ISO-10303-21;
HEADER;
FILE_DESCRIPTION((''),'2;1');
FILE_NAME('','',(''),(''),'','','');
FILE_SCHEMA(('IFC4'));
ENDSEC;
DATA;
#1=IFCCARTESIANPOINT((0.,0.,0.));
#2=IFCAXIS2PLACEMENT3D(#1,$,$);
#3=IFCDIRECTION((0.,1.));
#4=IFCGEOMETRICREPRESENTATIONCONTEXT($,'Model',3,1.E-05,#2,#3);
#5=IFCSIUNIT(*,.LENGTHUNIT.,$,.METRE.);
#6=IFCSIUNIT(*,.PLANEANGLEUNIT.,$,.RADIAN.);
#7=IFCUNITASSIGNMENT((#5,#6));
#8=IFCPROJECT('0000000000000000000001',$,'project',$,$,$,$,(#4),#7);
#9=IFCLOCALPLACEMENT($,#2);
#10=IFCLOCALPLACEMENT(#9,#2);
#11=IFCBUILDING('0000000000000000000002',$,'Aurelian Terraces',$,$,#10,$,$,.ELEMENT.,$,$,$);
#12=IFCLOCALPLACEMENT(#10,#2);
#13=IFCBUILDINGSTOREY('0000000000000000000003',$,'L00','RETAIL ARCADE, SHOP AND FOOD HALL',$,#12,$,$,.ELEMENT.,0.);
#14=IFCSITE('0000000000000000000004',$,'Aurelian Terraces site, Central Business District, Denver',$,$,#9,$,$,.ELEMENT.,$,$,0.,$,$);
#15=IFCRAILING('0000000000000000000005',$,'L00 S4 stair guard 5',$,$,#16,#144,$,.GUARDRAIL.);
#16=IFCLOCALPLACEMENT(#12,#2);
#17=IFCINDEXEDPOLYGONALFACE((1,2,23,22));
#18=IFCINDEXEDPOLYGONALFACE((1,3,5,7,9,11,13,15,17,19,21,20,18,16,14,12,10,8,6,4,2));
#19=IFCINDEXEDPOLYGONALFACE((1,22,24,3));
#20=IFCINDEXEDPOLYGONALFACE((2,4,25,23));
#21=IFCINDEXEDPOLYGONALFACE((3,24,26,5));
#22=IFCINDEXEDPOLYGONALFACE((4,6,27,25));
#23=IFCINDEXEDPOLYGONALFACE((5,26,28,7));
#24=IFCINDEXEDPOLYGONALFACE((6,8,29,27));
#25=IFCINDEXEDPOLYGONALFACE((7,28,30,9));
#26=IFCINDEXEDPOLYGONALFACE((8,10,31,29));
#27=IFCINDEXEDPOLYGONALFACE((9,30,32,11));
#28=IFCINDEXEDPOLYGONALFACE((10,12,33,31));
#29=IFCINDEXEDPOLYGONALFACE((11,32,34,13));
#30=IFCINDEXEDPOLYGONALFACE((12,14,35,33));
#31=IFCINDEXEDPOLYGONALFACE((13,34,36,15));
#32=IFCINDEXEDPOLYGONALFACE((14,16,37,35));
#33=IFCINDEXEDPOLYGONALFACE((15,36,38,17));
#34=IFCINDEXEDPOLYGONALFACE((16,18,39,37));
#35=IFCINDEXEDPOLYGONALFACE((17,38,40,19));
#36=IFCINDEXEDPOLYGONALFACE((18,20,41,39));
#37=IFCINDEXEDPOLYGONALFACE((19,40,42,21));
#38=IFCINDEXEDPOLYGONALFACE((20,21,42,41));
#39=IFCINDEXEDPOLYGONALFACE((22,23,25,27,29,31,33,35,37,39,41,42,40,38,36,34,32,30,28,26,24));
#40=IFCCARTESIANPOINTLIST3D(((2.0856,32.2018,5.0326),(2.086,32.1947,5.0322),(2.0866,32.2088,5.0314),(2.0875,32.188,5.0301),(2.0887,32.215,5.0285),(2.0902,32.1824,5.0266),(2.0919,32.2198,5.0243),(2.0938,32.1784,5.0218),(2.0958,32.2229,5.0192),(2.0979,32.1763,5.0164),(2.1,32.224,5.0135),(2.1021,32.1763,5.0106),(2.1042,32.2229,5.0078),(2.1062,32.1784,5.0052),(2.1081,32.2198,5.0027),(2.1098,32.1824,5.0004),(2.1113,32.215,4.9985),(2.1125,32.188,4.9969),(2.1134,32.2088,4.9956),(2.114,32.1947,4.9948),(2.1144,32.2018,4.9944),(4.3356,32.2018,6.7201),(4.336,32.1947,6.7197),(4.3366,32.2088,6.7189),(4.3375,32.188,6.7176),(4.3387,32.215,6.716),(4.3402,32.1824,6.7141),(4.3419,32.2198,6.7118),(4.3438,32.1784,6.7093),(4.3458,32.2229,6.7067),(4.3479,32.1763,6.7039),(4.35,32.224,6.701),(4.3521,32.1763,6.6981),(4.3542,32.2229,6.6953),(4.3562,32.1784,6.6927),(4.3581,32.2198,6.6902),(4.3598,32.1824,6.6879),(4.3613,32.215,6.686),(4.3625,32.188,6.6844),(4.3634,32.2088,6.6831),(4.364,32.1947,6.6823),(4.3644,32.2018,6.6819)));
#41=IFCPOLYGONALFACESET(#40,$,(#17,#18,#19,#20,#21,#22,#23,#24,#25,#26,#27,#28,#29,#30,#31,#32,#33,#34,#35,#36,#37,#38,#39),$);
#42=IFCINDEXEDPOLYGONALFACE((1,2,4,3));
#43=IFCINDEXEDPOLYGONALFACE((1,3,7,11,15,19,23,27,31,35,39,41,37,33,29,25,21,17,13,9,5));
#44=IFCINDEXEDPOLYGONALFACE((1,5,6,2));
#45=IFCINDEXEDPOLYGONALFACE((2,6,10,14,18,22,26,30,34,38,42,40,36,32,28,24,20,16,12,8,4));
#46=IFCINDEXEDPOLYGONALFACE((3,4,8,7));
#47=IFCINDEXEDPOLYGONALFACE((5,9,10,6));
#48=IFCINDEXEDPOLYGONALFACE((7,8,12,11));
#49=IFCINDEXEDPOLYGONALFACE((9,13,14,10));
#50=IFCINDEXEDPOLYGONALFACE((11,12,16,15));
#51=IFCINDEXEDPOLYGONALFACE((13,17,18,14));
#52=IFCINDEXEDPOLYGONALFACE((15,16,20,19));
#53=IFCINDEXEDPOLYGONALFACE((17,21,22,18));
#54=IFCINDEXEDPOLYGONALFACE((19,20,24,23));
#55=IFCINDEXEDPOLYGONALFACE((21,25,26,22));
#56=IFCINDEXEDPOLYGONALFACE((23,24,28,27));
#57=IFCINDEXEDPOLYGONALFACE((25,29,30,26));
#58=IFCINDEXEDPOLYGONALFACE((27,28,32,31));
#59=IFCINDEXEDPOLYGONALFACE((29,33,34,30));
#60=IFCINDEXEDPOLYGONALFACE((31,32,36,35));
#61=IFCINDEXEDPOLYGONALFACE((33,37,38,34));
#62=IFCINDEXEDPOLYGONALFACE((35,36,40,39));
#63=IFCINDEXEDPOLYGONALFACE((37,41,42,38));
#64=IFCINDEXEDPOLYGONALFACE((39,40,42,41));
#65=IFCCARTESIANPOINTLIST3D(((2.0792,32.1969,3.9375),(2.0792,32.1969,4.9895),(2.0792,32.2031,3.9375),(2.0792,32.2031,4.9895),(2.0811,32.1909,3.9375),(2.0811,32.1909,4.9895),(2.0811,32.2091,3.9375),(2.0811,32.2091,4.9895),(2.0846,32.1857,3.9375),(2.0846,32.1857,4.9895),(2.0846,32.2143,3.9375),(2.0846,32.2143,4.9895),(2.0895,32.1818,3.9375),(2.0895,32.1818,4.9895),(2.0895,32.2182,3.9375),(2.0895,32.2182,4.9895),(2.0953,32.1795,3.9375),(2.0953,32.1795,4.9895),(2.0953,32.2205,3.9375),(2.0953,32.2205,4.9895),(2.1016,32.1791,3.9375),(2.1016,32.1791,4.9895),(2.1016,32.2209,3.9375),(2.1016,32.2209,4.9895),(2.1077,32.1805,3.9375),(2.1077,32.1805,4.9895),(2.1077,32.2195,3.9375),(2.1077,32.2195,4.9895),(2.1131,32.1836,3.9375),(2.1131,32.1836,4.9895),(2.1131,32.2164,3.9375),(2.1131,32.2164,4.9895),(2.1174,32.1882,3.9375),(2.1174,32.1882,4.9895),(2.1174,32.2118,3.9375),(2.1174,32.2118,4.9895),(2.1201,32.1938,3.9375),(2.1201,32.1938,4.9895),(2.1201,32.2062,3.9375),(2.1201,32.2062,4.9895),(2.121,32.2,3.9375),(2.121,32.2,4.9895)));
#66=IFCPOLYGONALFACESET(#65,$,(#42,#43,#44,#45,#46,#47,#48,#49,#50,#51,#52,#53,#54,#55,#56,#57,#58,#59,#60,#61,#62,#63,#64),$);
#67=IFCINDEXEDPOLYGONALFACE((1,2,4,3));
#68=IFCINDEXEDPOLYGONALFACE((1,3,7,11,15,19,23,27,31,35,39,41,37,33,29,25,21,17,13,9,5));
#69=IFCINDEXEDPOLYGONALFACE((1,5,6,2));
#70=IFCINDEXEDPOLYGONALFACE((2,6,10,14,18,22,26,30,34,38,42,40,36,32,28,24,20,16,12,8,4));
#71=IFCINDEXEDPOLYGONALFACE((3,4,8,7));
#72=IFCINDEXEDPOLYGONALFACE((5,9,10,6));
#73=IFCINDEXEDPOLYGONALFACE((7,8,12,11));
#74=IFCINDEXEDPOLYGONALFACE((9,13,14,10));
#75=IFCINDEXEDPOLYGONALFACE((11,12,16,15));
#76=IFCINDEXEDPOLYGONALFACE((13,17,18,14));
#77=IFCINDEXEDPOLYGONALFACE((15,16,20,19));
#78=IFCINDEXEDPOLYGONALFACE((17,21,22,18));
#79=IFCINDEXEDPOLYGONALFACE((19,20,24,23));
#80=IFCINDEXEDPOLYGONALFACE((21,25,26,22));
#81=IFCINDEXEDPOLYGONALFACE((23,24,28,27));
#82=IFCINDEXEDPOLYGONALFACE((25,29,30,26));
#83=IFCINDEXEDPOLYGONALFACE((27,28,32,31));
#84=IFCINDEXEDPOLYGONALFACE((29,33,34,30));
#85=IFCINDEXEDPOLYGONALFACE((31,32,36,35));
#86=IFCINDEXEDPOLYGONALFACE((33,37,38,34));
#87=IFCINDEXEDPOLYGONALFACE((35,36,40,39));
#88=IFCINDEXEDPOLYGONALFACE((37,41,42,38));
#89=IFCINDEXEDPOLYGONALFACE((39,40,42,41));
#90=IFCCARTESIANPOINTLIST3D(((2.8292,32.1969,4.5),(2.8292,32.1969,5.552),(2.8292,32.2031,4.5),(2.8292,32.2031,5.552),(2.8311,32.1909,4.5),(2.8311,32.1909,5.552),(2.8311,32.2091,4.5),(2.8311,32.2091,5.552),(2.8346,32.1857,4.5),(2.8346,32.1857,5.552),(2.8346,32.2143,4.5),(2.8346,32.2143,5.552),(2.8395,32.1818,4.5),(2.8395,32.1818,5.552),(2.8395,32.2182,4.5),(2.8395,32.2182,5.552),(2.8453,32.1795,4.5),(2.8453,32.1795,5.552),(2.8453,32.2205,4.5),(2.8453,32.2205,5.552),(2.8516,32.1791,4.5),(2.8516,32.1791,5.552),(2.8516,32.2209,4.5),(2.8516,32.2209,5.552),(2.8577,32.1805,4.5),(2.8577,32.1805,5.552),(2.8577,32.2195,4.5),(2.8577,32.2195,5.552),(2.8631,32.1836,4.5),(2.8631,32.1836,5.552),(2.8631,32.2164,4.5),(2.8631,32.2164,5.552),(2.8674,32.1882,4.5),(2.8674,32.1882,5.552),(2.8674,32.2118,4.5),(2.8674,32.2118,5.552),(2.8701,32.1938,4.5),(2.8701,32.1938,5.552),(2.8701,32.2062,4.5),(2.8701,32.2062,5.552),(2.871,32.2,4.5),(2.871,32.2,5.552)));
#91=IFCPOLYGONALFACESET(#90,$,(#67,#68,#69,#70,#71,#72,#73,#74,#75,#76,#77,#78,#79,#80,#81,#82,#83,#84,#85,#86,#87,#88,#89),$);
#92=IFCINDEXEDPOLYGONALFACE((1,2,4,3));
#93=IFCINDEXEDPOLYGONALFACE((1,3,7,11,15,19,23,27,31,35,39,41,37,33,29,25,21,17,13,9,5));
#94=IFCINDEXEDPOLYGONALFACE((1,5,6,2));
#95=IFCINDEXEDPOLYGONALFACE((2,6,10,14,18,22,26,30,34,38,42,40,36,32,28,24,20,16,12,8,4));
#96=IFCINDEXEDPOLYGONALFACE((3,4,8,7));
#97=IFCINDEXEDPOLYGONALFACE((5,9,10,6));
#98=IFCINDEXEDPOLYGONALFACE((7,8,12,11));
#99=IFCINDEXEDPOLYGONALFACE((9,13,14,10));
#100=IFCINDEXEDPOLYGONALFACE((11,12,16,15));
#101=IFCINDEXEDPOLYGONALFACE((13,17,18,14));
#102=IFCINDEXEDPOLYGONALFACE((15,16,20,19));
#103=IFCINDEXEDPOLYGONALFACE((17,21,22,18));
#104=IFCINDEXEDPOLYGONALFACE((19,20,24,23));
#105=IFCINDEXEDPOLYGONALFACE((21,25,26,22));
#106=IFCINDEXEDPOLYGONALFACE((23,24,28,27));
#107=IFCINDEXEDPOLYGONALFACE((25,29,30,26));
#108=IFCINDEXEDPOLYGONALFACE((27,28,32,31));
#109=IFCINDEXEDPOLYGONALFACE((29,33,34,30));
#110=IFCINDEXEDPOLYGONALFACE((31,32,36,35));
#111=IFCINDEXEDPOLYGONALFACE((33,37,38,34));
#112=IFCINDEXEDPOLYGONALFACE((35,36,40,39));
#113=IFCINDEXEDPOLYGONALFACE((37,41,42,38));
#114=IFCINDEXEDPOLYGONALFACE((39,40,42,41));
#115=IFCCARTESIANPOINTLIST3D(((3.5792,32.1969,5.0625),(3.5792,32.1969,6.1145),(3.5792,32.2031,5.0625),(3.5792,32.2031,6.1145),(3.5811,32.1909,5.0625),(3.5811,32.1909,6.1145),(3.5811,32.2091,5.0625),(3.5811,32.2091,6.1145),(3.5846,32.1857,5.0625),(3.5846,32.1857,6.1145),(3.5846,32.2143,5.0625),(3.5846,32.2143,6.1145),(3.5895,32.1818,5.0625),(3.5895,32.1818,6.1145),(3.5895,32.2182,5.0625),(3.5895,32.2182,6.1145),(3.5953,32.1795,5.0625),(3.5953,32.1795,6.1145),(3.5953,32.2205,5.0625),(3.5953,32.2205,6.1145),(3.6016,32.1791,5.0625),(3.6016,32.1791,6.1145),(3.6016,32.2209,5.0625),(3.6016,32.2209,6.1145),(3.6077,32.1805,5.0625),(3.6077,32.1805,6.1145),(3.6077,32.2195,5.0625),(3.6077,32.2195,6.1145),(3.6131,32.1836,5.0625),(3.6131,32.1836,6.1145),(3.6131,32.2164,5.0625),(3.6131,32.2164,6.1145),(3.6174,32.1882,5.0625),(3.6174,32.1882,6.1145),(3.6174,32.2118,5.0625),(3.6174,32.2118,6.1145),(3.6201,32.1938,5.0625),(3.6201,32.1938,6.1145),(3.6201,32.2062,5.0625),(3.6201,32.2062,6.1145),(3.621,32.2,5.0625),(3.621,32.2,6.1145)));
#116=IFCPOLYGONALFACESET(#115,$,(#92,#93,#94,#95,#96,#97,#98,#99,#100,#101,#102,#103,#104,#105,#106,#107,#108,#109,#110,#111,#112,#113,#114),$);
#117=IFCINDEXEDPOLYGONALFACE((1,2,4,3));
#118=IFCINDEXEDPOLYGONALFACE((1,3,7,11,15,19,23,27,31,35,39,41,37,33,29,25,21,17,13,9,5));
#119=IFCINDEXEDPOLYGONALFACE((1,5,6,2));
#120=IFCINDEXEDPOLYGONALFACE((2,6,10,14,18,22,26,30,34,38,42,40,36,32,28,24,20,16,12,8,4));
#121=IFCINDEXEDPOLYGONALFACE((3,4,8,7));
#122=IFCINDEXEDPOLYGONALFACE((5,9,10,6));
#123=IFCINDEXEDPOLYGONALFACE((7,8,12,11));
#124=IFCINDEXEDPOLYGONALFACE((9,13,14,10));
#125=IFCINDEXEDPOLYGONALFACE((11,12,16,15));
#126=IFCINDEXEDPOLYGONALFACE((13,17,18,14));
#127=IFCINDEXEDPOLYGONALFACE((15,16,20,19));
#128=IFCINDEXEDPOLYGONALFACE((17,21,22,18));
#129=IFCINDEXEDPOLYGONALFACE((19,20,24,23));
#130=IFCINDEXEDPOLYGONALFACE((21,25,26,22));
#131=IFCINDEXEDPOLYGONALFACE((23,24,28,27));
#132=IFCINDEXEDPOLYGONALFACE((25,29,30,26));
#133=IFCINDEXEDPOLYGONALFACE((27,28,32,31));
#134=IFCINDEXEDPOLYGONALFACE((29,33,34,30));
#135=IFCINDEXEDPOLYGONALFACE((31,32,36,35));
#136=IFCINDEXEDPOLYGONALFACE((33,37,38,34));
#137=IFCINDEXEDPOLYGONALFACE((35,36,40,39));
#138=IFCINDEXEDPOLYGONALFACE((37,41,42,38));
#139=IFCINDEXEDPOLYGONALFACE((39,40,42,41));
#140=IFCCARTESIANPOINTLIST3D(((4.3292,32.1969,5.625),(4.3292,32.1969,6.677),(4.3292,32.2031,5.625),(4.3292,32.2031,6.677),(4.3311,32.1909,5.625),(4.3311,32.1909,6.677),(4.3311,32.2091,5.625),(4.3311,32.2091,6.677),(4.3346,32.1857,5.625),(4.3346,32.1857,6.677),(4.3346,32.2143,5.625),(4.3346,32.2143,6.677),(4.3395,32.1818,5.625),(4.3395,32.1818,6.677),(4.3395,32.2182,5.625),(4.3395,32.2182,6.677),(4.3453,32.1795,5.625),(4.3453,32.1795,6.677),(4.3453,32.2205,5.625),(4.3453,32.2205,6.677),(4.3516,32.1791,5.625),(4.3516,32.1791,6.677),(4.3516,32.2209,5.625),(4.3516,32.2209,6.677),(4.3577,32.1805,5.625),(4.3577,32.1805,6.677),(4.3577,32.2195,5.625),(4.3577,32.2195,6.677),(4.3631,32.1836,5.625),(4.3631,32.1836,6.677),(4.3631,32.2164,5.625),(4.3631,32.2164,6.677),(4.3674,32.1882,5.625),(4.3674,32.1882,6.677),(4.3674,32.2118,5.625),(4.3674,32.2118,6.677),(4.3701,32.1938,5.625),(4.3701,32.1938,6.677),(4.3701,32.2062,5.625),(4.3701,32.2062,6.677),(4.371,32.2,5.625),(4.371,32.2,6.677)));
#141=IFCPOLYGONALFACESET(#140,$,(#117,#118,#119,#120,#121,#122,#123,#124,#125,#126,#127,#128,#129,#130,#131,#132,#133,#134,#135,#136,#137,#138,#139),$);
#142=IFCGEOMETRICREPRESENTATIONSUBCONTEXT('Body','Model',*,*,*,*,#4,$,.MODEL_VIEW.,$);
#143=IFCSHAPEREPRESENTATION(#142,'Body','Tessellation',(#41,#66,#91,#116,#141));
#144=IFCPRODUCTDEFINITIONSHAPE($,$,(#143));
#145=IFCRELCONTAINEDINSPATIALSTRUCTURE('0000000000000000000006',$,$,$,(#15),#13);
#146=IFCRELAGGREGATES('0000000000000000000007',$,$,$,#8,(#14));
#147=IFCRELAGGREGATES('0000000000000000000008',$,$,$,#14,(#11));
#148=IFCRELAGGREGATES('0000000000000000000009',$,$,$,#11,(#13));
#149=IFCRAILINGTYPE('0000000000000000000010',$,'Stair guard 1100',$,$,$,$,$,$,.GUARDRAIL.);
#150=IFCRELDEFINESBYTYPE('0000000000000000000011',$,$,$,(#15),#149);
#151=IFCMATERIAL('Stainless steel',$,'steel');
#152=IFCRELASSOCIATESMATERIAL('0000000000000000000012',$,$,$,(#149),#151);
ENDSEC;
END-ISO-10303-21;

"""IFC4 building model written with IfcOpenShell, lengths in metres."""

from ifc_helpers import new_model, si_unit, direction, frame, origin, origin_2d, place, context, subcontext, project, spatial, circle, extrude, source, transform, mapped, material, type_object, element, save


model = new_model("IFC4")

# Units and contexts
model_context = context("Model", 3, precision=1e-05, world=origin(), true_north=direction((0.0, 1.0)))
body_context = subcontext(model_context, "Body", "Model", "MODEL_VIEW")
ifc_project = project(units=[si_unit("LENGTHUNIT", "METRE"), si_unit("PLANEANGLEUNIT", "RADIAN")], contexts=[model_context])

# Site, building, storey
site_placement = place(None, origin())
site = spatial("IfcSite", under=ifc_project, at=site_placement, Name="Aurelian Terraces site, Central Business District, Denver", CompositionType="ELEMENT", RefElevation=0.0)
building_placement = place(site_placement, origin())
building = spatial("IfcBuilding", under=site, at=building_placement, Name="Aurelian Terraces", CompositionType="ELEMENT")
storey_placement = place(building_placement, origin())
storey = spatial("IfcBuildingStorey", under=building, at=storey_placement, Name="L00", Description="RETAIL ARCADE, SHOP AND FOOD HALL", CompositionType="ELEMENT", Elevation=0.0)

# Railing
ifc_material_1 = material(Name="Stainless steel", Category="steel")
railing_type_1 = type_object("IfcRailingType", Name="Stair guard 1100", PredefinedType="GUARDRAIL", material=ifc_material_1)
shared_shape_1 = source(origin(), body_context, "Body", "SweptSolid", [
    extrude(circle(Radius=0.024, at=origin_2d()), frame((0.0, 0.0, 1.076), z_axis=(0.8, 0.0, 0.6), x_axis=(0.0, 1.0, 0.0)), (0.0, 0.0, 1.0), 2.8125),
    extrude(circle(Radius=0.021, at=origin_2d()), origin(), (0.0, 0.0, 1.0), 1.052),
    extrude(circle(Radius=0.021, at=origin_2d()), frame((0.75, 0.0, 0.5625)), (0.0, 0.0, 1.0), 1.052),
    extrude(circle(Radius=0.021, at=origin_2d()), frame((1.5, 0.0, 1.125)), (0.0, 0.0, 1.0), 1.052),
    extrude(circle(Radius=0.021, at=origin_2d()), frame((2.25, 0.0, 1.6875)), (0.0, 0.0, 1.0), 1.052),
])
for number, where, name in (
    (1, (2.1, 32.2, 3.9375), "L00 S4 stair guard 5"),
):
    element("IfcRailing", number, at=place(storey_placement, frame(where)), inside=storey, type_object=railing_type_1, Name=name, PredefinedType="GUARDRAIL", context=body_context, shape_type="MappedRepresentation", body=[
        mapped(shared_shape_1, transform((0.0, 0.0, 0.0), scale=1.0)),
    ])

save(model, "model.ifc")
